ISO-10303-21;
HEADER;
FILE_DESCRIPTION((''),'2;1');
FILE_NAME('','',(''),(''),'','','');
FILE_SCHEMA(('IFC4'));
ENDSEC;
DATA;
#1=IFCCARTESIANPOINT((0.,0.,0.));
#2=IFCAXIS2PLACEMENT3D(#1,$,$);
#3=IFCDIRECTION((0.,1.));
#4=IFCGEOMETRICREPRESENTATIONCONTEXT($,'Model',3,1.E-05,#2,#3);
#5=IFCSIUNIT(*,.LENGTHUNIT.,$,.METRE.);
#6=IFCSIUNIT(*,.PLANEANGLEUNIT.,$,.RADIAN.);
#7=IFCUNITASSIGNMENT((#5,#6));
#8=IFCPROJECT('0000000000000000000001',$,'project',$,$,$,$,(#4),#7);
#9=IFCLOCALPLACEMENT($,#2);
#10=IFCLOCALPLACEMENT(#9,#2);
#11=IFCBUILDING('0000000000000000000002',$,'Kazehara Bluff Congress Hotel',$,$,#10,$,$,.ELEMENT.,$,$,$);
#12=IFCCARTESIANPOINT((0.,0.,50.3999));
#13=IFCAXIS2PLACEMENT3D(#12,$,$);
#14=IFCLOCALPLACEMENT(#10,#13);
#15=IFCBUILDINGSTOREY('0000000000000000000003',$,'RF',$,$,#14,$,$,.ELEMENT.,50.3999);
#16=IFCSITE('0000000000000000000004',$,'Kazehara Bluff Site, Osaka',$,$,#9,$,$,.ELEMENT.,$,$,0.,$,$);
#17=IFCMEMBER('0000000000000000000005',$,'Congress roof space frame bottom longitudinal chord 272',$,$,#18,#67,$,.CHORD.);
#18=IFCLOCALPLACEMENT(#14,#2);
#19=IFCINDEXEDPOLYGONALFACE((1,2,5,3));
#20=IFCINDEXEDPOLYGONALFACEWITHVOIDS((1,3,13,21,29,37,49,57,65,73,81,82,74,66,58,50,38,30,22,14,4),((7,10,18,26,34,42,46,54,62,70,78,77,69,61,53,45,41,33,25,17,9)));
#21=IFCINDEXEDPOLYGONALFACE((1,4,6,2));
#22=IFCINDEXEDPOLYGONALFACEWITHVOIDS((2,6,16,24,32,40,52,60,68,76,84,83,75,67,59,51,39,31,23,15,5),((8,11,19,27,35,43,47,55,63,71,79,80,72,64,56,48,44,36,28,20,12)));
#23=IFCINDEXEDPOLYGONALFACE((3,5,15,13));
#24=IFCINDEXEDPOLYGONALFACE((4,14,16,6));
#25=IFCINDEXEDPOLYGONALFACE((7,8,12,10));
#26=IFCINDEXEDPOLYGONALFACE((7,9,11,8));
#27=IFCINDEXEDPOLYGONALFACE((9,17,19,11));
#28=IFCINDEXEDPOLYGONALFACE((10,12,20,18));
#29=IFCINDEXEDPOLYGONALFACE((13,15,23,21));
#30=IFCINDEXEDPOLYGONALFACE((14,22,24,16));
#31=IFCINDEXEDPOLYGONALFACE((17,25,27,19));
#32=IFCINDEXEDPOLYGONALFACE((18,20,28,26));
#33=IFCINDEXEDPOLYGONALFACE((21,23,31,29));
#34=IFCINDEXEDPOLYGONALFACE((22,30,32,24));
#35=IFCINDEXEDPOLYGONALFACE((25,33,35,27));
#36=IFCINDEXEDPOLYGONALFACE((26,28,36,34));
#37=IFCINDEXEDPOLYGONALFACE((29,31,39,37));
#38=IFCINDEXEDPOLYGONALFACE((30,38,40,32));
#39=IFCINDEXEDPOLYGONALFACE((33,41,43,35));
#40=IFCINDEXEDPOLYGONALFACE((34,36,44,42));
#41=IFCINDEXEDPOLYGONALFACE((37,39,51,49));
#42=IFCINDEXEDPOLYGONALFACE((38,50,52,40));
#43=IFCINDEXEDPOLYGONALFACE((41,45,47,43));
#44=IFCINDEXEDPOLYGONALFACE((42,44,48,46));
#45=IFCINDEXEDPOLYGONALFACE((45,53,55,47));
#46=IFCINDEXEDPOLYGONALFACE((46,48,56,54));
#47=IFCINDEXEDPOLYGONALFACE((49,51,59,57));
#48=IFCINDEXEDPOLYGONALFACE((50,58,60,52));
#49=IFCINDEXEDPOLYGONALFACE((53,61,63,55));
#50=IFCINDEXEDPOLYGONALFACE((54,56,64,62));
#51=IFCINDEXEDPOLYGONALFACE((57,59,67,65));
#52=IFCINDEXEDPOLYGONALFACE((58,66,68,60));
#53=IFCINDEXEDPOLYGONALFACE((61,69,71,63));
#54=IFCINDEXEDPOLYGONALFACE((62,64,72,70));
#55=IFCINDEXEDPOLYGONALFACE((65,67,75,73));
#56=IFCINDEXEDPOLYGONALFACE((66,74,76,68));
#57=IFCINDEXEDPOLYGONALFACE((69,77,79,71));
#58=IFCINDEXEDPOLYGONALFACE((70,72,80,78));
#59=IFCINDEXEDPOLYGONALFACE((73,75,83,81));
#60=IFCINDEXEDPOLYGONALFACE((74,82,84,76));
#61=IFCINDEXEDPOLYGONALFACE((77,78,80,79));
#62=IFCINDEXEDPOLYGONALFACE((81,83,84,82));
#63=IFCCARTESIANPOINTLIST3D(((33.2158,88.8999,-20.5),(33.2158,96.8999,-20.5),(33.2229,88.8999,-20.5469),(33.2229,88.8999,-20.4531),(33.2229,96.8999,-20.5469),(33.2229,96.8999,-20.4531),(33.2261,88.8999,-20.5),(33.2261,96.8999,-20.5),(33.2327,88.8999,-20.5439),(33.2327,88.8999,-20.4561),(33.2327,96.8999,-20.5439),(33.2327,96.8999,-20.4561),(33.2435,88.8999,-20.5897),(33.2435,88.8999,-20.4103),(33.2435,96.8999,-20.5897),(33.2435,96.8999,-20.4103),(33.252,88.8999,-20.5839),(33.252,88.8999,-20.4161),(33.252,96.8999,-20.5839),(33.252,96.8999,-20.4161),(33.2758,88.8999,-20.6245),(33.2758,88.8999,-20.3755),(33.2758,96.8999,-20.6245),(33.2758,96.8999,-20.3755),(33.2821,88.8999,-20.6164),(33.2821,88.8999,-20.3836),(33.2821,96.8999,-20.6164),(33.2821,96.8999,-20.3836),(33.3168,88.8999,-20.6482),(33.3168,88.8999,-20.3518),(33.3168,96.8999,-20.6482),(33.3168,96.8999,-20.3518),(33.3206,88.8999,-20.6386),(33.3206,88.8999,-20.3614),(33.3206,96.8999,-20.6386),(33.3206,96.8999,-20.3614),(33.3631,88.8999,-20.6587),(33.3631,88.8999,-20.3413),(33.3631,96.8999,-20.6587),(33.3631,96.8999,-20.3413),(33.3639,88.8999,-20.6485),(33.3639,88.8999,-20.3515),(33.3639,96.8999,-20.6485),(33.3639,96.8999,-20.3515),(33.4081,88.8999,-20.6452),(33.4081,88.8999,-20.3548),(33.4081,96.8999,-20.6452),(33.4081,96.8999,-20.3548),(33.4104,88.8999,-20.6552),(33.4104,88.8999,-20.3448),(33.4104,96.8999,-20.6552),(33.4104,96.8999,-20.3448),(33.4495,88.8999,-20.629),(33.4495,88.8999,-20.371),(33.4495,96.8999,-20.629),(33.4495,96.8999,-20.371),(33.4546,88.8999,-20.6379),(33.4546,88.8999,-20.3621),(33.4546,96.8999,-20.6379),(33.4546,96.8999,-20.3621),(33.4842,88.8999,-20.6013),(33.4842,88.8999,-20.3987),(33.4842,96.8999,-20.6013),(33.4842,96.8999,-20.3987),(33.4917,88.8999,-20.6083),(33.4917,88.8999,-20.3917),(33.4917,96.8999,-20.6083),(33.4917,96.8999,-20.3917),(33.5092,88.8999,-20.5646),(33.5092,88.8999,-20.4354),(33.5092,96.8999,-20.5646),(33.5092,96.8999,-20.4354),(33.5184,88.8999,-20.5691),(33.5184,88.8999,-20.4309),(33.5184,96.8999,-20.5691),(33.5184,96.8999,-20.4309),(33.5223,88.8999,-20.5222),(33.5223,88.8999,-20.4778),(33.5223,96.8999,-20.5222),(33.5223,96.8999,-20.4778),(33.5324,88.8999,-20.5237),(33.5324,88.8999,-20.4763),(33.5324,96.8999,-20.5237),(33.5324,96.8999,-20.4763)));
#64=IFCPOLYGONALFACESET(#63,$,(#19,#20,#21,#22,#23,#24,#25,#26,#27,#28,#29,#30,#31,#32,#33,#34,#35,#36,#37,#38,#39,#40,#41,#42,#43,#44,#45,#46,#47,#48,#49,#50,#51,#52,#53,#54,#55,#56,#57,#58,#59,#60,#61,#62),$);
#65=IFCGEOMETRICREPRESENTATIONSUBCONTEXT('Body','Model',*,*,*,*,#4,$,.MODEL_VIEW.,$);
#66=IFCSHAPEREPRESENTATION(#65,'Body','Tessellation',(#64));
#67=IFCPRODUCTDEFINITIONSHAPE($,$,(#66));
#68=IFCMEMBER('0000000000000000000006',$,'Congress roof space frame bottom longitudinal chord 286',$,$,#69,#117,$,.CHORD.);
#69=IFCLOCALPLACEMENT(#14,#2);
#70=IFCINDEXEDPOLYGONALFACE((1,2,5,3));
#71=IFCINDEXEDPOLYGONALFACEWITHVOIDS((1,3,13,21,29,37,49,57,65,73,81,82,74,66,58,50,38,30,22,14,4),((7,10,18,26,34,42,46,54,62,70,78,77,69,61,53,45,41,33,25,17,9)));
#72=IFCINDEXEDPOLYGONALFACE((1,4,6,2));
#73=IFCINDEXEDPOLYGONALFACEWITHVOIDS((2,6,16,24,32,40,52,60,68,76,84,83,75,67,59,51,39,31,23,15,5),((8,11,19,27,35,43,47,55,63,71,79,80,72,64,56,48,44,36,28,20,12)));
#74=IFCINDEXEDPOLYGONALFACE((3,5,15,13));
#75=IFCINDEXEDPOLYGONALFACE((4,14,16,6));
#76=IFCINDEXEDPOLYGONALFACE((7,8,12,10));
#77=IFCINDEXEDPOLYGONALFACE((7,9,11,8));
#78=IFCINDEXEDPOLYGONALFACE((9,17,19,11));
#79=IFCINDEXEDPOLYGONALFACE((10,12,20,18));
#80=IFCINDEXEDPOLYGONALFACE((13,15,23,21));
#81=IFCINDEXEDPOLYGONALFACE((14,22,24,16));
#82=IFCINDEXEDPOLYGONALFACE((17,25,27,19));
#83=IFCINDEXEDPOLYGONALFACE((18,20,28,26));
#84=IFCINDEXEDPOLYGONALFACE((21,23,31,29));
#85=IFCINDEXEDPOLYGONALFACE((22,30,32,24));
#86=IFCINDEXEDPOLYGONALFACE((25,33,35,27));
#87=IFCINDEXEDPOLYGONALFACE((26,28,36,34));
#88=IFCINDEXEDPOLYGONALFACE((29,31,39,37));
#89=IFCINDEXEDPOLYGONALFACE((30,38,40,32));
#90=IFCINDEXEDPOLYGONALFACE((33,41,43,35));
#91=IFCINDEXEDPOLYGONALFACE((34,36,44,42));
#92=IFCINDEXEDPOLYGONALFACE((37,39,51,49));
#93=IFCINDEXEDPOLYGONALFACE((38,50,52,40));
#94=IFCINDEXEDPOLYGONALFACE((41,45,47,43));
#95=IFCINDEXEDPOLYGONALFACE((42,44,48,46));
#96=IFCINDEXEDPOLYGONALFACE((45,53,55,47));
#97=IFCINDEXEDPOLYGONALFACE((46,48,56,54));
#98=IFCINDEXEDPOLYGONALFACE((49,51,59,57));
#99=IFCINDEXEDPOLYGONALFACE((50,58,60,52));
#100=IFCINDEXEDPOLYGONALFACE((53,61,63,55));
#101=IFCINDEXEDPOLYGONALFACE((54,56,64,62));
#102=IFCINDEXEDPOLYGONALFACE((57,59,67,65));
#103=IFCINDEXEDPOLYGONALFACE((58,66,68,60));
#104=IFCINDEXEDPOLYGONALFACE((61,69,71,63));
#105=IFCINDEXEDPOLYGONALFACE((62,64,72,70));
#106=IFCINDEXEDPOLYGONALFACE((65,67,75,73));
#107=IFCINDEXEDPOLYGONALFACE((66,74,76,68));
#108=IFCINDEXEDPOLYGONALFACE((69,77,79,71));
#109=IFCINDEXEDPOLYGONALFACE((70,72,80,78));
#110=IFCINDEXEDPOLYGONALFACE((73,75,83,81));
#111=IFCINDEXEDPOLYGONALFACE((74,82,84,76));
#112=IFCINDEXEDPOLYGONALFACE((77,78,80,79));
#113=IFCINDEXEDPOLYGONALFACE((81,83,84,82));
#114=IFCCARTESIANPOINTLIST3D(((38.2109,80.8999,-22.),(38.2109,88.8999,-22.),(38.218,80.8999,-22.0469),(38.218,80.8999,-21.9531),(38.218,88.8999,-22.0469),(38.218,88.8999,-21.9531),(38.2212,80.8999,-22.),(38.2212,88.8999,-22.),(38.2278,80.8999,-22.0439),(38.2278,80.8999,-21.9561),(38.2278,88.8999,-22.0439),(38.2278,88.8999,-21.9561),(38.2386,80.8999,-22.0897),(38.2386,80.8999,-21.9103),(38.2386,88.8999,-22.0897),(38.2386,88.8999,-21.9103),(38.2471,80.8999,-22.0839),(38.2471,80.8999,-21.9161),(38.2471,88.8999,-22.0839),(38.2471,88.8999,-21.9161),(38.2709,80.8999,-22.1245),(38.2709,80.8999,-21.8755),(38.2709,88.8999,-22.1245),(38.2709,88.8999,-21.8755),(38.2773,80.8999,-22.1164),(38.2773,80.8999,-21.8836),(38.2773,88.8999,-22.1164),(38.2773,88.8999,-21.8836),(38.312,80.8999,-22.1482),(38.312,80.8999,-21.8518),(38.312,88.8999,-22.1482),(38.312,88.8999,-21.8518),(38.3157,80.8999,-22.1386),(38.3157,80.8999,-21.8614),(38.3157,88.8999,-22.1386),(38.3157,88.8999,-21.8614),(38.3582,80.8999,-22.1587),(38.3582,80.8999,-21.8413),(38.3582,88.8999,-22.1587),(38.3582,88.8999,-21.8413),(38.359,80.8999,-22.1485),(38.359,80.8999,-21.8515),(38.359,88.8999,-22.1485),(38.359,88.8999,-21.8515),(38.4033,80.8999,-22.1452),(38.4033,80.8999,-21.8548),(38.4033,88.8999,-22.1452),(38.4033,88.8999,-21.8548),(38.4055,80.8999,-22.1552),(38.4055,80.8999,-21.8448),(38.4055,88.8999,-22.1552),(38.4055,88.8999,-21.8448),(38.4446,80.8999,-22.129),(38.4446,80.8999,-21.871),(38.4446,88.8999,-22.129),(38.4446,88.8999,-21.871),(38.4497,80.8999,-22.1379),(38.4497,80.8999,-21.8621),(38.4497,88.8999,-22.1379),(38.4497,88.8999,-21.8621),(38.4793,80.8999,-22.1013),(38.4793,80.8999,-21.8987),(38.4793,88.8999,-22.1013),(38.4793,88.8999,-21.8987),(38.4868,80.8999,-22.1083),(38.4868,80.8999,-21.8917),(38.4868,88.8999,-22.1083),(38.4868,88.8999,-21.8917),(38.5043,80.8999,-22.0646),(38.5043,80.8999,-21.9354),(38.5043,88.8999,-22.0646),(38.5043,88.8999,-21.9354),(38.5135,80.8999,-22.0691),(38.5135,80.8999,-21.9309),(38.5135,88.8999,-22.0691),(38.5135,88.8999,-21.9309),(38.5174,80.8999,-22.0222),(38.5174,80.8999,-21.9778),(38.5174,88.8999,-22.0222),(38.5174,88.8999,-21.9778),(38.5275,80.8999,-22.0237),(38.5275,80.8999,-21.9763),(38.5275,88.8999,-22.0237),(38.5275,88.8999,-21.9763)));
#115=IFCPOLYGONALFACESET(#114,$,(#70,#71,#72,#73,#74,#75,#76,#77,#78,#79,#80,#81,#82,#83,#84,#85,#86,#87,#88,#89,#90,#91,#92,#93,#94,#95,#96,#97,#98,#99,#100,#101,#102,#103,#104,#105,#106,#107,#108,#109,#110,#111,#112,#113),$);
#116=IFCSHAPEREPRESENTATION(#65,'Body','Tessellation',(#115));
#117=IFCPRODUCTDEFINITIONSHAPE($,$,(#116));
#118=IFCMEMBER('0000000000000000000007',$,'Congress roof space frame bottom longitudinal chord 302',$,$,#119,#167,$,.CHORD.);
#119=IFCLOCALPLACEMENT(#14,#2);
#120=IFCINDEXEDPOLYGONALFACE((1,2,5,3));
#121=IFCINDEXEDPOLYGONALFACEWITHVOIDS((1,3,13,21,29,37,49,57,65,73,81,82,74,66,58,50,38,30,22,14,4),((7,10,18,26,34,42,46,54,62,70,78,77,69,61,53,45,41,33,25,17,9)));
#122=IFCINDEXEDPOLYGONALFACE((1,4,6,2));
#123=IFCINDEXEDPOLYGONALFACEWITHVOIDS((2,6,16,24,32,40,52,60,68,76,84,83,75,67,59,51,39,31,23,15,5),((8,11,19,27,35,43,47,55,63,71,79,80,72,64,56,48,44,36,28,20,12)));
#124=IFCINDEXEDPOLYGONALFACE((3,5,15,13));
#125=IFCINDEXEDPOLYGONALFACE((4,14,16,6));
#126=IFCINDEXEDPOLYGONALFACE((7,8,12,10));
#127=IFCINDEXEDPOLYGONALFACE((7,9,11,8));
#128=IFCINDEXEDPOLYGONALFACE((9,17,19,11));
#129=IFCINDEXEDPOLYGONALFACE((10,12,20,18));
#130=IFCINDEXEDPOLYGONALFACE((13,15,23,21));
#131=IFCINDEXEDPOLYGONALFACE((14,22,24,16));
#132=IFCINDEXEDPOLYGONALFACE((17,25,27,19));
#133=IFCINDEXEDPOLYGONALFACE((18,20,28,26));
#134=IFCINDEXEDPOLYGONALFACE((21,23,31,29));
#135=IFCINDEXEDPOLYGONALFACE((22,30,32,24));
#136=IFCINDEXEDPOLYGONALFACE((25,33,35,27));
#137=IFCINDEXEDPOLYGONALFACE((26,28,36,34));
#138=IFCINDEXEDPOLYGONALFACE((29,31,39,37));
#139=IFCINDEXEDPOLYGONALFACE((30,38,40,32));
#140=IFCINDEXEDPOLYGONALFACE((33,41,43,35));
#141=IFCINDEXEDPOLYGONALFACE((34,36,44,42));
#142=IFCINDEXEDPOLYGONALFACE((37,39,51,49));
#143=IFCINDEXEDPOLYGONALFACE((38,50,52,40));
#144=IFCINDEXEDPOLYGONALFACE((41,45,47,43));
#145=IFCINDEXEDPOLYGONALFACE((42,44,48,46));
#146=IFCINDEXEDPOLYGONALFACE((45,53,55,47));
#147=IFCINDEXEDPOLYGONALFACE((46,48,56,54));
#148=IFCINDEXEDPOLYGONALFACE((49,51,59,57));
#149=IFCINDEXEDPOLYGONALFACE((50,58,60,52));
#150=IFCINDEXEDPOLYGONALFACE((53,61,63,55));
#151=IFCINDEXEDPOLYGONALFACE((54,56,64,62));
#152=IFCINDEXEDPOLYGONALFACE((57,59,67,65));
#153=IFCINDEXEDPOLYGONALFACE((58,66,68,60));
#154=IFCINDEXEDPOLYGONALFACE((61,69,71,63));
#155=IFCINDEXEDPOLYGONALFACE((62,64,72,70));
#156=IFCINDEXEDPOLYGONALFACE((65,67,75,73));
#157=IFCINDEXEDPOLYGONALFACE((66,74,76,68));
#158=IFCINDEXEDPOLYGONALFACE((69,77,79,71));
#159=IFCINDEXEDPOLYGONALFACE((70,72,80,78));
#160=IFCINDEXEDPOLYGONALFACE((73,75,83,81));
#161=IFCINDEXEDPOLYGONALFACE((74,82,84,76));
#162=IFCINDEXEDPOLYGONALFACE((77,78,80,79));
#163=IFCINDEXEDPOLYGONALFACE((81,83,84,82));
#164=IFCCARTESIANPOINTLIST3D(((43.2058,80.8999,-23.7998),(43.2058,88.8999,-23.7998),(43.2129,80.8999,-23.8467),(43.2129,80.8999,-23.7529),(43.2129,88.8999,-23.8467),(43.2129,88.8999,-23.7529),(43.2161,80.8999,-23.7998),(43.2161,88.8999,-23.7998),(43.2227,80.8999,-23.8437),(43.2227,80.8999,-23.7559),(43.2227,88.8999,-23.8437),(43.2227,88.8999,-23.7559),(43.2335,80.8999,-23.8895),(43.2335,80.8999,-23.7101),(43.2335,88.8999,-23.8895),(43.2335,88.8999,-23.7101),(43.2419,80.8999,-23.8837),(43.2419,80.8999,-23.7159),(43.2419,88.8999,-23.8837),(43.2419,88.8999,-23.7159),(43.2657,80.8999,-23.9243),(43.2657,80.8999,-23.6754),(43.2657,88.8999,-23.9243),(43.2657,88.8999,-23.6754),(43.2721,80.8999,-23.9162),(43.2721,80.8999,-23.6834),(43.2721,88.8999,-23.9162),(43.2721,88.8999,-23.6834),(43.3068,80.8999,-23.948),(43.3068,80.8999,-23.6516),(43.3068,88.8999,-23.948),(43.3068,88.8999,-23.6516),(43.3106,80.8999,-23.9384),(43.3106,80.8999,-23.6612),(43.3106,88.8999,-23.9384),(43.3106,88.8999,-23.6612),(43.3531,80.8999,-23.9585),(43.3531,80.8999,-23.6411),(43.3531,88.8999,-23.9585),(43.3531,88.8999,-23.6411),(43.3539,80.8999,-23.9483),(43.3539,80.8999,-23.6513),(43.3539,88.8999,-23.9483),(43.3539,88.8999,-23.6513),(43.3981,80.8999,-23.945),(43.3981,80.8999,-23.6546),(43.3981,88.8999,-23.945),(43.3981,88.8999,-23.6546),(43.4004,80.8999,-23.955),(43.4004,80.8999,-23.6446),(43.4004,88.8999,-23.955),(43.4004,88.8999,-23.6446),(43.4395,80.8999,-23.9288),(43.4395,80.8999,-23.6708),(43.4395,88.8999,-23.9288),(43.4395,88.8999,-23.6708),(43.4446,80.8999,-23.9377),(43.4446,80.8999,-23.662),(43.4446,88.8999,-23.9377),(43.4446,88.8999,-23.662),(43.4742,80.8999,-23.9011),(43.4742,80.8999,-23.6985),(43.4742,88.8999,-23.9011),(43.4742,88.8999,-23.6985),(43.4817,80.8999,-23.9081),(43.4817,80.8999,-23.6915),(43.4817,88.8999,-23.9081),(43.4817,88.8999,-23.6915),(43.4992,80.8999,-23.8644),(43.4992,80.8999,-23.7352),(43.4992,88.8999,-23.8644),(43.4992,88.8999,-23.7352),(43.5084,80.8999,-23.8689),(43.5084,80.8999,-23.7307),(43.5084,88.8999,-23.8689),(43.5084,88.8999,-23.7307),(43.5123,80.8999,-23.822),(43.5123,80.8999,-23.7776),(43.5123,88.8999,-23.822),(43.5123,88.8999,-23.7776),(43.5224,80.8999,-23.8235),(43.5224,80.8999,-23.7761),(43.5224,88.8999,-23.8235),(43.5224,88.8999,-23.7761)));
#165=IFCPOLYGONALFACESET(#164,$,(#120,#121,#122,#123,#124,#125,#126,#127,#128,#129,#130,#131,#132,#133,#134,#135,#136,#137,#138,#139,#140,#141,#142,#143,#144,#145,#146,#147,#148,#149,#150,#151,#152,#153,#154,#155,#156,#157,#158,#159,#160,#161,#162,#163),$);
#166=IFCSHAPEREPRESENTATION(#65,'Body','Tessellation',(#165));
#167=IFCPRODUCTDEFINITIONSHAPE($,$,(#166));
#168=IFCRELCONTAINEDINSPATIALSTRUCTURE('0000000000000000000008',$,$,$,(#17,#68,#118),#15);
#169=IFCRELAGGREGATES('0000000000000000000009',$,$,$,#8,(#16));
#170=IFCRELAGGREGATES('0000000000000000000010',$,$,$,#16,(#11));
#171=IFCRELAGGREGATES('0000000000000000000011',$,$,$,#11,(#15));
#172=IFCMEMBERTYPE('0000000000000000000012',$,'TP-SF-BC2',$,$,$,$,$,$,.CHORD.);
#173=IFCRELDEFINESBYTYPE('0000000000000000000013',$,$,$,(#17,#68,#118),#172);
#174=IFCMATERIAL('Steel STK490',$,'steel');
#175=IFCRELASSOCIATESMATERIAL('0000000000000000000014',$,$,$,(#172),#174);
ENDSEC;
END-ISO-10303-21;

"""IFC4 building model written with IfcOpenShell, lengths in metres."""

from ifc_helpers import new_model, si_unit, direction, frame, origin, origin_2d, place, context, subcontext, project, spatial, hollow_circle, extrude, material, material_profile, profile_set, type_object, element, save


model = new_model("IFC4")

# Units and contexts
model_context = context("Model", 3, precision=1e-05, world=origin(), true_north=direction((0.0, 1.0)))
body_context = subcontext(model_context, "Body", "Model", "MODEL_VIEW")
ifc_project = project(units=[si_unit("LENGTHUNIT", "METRE"), si_unit("PLANEANGLEUNIT", "RADIAN")], contexts=[model_context])

# Site, building, storey
site_placement = place(None, origin())
site = spatial("IfcSite", under=ifc_project, at=site_placement, Name="Kazehara Bluff Site, Osaka", CompositionType="ELEMENT", RefElevation=0.0)
building_placement = place(site_placement, origin())
building = spatial("IfcBuilding", under=site, at=building_placement, Name="Kazehara Bluff Congress Hotel", CompositionType="ELEMENT")
storey_placement = place(building_placement, frame((0.0, 0.0, 50.3999)))
storey = spatial("IfcBuildingStorey", under=building, at=storey_placement, Name="RF", CompositionType="ELEMENT", Elevation=50.3999)

# Members
ifc_material_1 = material(Name="Steel STK490", Category="steel")
ifc_material_profile_1 = material_profile(ifc_material_1, hollow_circle(Radius=0.1592, WallThickness=0.0103, at=origin_2d()))
ifc_profile_set_1 = profile_set([ifc_material_profile_1], Name="Steel STK490")
member_type_1 = type_object("IfcMemberType", Name="TP-SF-BC2", PredefinedType="CHORD", material=ifc_profile_set_1)
for number, where, z_axis, x_axis, name in (
    (1, (33.375, 88.8999, -20.5), (0.0, 1.0, 0.0), (-1.0, 0.0, 0.0), "Congress roof space frame bottom longitudinal chord 272"),
    (2, (38.3701, 80.8999, -22.0), (0.0, 1.0, 0.0), (-1.0, 0.0, 0.0), "Congress roof space frame bottom longitudinal chord 286"),
    (3, (43.365, 80.8999, -23.7998), (0.0, 1.0, 0.0), (-1.0, 0.0, 0.0), "Congress roof space frame bottom longitudinal chord 302"),
):
    element("IfcMember", number, at=place(storey_placement, frame(where, z_axis=z_axis, x_axis=x_axis)), inside=storey, type_object=member_type_1, Name=name, PredefinedType="CHORD", context=body_context, shape_type="SweptSolid", body=[
        extrude(hollow_circle(Radius=0.1592, WallThickness=0.0103, at=origin_2d()), origin(), (0.0, 0.0, 1.0), 8.0),
    ])

save(model, "model.ifc")
